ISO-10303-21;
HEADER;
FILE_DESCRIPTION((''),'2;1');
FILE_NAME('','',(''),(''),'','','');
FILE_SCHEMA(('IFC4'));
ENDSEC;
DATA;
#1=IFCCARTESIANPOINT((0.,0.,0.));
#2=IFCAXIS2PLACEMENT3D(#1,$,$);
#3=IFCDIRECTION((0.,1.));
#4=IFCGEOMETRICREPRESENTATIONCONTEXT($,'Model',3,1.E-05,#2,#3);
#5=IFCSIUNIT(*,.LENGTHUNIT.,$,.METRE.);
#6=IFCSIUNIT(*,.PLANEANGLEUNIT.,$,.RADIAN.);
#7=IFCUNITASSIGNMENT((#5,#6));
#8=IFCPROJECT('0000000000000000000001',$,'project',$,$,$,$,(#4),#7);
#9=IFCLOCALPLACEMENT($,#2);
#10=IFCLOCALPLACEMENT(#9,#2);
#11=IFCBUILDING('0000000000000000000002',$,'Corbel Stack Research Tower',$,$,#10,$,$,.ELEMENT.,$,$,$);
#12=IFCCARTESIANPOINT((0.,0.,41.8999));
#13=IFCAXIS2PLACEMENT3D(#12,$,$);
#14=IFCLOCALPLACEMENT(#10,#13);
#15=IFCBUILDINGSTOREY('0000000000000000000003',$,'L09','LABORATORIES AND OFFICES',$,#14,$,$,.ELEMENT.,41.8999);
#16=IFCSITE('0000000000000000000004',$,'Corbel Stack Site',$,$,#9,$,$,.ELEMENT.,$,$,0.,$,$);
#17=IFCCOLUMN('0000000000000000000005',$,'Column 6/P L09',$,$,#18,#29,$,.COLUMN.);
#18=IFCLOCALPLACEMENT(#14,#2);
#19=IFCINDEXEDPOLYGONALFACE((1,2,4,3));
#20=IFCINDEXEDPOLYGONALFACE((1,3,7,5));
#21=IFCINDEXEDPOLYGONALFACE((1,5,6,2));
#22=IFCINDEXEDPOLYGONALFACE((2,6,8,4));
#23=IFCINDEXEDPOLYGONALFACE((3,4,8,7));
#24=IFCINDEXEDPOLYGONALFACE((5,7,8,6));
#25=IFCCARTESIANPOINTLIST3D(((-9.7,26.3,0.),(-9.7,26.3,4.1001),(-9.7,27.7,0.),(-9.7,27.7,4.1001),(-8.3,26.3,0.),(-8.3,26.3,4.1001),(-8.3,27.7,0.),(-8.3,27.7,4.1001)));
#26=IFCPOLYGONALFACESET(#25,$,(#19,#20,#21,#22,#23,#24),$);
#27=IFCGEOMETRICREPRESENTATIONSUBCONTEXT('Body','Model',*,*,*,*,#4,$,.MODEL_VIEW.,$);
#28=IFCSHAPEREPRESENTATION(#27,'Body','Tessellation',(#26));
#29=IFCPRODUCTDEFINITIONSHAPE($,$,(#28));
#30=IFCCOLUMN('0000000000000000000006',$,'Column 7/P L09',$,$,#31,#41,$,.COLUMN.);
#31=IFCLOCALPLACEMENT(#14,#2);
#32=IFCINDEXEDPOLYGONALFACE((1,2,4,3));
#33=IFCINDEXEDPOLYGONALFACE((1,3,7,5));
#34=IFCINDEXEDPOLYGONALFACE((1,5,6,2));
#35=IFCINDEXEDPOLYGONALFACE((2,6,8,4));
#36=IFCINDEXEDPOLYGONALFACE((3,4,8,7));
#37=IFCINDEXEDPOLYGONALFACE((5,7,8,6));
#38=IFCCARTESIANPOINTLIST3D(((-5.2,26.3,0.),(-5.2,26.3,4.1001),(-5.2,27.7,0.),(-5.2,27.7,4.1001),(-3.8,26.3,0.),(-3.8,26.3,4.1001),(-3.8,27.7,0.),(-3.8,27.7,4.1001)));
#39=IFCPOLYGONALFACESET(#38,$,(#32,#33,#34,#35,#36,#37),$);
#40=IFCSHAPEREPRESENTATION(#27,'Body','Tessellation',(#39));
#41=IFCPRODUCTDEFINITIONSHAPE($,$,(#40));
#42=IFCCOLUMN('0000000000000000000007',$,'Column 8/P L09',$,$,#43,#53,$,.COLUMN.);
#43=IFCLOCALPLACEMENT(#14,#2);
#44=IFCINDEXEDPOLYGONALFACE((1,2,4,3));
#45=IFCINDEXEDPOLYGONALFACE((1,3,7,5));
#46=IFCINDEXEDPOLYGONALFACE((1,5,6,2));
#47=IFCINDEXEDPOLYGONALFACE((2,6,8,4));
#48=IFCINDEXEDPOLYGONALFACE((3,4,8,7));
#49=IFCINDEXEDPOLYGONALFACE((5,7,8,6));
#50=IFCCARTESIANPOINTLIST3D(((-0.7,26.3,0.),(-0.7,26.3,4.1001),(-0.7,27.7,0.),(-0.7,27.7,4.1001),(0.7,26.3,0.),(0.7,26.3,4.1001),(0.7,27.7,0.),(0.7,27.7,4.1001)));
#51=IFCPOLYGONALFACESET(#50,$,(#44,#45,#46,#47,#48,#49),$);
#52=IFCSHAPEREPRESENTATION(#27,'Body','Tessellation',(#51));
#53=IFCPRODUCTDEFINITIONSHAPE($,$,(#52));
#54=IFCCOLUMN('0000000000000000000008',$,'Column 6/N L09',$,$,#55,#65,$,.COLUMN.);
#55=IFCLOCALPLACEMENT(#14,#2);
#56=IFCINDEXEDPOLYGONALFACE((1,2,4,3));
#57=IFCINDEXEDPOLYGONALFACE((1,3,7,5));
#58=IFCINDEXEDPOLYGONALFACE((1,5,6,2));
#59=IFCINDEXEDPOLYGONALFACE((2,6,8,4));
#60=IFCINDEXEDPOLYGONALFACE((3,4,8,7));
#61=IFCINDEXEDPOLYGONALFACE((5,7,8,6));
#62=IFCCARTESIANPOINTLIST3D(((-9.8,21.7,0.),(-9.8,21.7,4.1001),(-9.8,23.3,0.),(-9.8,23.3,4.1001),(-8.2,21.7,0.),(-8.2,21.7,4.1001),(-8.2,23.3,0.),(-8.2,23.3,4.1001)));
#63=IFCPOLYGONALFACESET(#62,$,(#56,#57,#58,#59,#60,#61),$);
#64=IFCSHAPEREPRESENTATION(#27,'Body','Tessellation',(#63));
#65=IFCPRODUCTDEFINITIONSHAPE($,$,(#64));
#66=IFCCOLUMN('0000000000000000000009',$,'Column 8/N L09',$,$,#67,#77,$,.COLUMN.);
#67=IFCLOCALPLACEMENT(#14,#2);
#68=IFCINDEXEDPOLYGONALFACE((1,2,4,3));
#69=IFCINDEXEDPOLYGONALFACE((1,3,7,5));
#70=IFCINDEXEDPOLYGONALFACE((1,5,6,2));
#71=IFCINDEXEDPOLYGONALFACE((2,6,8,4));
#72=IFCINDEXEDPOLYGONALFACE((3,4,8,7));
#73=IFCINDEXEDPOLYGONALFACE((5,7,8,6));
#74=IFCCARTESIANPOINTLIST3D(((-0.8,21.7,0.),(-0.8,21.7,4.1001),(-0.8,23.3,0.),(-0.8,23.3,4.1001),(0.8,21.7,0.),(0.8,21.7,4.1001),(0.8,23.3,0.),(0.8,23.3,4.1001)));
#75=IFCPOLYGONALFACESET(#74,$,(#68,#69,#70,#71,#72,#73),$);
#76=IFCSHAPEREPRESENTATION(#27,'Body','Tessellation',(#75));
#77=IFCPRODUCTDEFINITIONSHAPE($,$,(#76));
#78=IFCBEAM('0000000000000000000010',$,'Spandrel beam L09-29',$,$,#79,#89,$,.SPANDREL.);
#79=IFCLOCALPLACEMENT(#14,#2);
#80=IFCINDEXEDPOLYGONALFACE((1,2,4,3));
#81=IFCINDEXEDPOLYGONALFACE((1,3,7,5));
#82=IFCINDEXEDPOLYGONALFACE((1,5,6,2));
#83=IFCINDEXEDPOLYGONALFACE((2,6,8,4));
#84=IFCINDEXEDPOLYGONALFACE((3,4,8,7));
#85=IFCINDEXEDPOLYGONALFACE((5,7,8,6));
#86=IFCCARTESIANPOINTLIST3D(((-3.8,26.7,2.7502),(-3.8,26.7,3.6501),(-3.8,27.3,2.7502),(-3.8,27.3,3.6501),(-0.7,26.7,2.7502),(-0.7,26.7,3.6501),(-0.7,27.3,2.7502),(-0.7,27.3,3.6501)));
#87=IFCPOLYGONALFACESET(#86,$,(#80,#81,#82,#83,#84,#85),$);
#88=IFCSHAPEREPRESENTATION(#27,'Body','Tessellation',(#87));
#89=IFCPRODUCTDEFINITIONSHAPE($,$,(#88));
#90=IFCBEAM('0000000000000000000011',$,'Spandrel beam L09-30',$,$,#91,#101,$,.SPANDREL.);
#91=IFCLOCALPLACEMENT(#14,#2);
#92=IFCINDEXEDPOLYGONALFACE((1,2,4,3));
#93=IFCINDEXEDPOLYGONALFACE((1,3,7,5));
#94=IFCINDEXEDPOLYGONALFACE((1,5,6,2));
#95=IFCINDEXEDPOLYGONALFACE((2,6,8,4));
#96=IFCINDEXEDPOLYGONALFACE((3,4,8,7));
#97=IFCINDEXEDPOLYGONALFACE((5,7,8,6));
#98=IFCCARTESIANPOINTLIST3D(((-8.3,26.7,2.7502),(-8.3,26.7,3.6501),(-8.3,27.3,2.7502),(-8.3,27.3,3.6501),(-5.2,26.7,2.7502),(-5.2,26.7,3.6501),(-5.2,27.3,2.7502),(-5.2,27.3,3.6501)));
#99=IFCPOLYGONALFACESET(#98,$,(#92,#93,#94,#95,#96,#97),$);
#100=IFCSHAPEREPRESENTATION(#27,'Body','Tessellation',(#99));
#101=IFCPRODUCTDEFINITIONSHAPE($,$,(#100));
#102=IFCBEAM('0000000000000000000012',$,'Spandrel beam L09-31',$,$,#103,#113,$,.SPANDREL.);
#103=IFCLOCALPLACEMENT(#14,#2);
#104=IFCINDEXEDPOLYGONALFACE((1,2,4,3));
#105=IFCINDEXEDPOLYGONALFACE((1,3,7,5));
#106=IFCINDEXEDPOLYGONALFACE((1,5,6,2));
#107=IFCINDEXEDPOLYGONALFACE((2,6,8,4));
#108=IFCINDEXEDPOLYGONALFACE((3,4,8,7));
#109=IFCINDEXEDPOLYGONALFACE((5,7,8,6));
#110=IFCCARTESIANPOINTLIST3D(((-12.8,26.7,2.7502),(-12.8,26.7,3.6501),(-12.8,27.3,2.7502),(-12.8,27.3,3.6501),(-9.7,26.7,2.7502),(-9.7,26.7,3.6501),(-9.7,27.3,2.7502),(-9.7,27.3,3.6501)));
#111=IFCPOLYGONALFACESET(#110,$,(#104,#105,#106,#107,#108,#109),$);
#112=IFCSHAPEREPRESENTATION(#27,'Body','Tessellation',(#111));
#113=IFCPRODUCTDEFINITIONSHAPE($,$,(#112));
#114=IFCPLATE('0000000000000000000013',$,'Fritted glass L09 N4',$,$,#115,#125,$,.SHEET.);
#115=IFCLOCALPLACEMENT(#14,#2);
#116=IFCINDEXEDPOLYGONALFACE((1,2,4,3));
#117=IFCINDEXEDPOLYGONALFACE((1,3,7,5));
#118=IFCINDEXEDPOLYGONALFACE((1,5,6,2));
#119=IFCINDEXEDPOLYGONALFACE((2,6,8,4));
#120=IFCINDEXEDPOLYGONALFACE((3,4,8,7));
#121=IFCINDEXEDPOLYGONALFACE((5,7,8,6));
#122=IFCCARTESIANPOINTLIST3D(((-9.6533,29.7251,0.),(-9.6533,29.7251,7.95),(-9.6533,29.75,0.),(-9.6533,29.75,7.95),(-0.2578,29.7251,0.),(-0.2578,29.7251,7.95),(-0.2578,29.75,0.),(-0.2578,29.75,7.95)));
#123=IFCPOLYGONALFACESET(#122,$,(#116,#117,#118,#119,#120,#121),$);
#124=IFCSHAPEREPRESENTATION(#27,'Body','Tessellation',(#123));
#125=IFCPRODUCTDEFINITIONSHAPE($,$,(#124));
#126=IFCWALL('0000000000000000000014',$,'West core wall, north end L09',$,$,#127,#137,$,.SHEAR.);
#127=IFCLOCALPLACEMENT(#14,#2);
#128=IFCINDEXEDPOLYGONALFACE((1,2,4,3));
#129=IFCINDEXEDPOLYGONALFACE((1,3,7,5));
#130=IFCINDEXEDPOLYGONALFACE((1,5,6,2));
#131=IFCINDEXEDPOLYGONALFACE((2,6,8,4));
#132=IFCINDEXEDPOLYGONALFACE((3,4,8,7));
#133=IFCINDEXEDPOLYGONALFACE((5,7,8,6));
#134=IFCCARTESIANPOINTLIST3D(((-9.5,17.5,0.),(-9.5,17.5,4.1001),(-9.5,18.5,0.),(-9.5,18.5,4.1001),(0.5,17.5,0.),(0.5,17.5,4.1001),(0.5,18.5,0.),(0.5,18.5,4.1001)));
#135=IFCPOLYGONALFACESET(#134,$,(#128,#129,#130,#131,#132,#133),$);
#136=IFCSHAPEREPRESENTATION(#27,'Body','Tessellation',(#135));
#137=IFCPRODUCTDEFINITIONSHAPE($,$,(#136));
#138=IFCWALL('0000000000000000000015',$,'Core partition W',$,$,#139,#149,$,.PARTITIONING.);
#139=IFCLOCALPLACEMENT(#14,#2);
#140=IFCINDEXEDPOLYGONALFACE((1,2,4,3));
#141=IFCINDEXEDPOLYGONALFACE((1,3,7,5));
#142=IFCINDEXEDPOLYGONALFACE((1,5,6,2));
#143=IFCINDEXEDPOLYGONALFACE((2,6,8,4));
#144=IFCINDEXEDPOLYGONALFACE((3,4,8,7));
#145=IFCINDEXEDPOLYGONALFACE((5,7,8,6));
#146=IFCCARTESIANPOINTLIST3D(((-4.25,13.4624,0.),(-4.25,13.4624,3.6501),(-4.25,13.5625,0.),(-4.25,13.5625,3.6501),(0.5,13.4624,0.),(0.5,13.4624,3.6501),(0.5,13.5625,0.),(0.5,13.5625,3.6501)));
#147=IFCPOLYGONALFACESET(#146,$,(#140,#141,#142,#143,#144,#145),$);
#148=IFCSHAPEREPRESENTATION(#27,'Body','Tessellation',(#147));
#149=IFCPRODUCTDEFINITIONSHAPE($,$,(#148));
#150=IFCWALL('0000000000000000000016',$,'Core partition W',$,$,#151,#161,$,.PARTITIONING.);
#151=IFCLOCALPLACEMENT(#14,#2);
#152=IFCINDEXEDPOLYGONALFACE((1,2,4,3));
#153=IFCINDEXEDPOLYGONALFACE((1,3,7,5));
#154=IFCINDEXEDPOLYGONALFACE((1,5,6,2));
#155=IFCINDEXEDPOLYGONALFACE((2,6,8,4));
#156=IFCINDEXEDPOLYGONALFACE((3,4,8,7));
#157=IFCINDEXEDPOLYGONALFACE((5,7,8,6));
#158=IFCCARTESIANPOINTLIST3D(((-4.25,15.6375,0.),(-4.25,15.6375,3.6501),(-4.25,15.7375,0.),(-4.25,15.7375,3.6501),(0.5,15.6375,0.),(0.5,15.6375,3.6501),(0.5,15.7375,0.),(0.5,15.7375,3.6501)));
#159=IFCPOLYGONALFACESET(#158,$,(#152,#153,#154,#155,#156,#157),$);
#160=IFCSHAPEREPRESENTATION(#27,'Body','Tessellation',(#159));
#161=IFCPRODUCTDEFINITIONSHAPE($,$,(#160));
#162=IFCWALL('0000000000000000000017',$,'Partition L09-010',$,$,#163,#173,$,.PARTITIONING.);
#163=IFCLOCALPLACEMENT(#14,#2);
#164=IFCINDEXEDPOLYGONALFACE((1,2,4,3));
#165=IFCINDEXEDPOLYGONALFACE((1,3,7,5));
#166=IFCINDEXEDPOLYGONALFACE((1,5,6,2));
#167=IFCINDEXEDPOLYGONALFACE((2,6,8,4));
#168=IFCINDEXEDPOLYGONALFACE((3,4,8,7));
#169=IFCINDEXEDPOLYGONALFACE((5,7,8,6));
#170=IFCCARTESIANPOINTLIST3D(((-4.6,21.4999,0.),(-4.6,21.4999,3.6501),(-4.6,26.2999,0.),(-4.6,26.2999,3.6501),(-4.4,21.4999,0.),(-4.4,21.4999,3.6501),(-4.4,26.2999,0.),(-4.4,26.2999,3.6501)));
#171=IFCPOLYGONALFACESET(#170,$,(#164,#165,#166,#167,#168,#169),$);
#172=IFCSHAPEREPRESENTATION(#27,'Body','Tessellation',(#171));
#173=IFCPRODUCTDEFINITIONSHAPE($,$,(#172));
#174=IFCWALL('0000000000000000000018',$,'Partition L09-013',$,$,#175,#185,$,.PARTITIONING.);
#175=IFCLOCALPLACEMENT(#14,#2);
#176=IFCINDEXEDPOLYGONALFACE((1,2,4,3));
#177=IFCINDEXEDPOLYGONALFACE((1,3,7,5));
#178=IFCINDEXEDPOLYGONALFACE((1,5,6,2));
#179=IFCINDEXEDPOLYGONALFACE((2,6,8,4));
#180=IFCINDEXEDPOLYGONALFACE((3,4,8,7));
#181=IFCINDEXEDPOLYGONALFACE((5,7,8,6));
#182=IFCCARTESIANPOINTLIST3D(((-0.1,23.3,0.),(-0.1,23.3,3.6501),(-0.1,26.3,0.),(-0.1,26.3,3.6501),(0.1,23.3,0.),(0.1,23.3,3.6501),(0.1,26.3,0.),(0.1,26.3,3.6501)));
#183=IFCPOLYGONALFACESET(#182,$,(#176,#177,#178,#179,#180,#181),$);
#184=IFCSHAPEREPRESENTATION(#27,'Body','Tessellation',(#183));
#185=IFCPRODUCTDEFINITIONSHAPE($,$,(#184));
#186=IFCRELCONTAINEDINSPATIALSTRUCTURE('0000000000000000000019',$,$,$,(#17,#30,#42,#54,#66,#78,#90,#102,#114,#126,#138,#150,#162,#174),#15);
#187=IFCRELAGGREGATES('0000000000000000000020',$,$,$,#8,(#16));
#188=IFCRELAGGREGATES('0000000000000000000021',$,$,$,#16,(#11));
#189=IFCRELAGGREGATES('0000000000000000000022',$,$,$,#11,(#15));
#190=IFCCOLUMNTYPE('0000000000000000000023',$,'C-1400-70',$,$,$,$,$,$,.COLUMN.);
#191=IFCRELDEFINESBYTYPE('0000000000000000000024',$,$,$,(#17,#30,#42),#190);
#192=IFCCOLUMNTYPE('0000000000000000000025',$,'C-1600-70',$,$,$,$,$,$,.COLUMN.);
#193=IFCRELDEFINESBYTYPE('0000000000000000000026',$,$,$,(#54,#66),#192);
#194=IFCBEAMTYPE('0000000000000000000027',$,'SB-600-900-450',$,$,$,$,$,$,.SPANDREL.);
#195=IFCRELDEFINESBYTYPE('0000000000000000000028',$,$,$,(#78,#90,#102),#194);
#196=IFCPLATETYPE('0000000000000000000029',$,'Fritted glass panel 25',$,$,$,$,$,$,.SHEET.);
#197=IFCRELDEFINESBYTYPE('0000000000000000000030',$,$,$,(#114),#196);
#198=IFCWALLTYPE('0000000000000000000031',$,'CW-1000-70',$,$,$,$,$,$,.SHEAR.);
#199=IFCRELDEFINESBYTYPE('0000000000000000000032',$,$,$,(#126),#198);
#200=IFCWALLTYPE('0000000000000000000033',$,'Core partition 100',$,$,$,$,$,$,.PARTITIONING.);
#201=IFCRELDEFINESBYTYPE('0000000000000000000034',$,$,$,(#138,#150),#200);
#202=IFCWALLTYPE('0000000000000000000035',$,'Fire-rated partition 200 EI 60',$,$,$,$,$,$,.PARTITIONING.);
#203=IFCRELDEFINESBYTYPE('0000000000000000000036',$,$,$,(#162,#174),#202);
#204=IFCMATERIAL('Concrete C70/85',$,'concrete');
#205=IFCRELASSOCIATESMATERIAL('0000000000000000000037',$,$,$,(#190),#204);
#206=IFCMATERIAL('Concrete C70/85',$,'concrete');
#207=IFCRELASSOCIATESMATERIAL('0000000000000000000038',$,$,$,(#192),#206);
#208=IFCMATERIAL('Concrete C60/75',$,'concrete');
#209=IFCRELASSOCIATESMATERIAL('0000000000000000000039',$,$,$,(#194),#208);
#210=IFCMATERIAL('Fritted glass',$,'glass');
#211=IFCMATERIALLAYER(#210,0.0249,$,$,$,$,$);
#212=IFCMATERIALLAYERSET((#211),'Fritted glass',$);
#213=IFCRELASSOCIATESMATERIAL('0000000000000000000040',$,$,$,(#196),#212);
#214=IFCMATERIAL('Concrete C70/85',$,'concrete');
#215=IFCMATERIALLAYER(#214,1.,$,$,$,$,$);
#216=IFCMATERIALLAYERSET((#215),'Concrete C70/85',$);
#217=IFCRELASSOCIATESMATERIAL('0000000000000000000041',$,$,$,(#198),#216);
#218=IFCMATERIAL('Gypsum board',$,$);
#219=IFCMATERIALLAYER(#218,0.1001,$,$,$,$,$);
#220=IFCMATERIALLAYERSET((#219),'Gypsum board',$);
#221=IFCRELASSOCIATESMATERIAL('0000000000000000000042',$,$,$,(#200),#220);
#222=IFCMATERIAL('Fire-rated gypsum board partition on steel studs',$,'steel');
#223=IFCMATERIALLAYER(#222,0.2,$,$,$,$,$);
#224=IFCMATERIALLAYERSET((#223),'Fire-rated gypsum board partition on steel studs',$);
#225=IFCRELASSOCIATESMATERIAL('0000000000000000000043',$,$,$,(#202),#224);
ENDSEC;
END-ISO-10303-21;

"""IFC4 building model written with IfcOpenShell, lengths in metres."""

from ifc_helpers import new_model, si_unit, direction, frame, frame_2d, origin, origin_2d, place, context, subcontext, project, spatial, rectangle, extrude, material, layer, layer_set, material_profile, profile_set, type_object, element, save


model = new_model("IFC4")

# Units and contexts
model_context = context("Model", 3, precision=1e-05, world=origin(), true_north=direction((0.0, 1.0)))
body_context = subcontext(model_context, "Body", "Model", "MODEL_VIEW")
ifc_project = project(units=[si_unit("LENGTHUNIT", "METRE"), si_unit("PLANEANGLEUNIT", "RADIAN")], contexts=[model_context])

# Site, building, storey
site_placement = place(None, origin())
site = spatial("IfcSite", under=ifc_project, at=site_placement, Name="Corbel Stack Site", CompositionType="ELEMENT", RefElevation=0.0)
building_placement = place(site_placement, origin())
building = spatial("IfcBuilding", under=site, at=building_placement, Name="Corbel Stack Research Tower", CompositionType="ELEMENT")
storey_placement = place(building_placement, frame((0.0, 0.0, 41.8999)))
storey = spatial("IfcBuildingStorey", under=building, at=storey_placement, Name="L09", Description="LABORATORIES AND OFFICES", CompositionType="ELEMENT", Elevation=41.8999)

# Columns
ifc_material_1 = material(Name="Concrete C70/85", Category="concrete")
ifc_material_profile_1 = material_profile(ifc_material_1, rectangle(XDim=1.3999, YDim=1.3999, at=origin_2d()), Name="RC 1400 x 1400")
ifc_profile_set_1 = profile_set([ifc_material_profile_1], Name="Concrete C70/85")
column_type_1 = type_object("IfcColumnType", Name="C-1400-70", PredefinedType="COLUMN", material=ifc_profile_set_1)
for number, where, z_axis, x_axis, name in (
    (1, (-9.0, 27.0, 0.0), (0.0, 0.0, 1.0), (1.0, 0.0, 0.0), "Column 6/P L09"),
    (2, (-4.5, 27.0, 0.0), (0.0, 0.0, 1.0), (1.0, 0.0, 0.0), "Column 7/P L09"),
    (3, (0.0, 27.0, 0.0), (0.0, 0.0, 1.0), (1.0, 0.0, 0.0), "Column 8/P L09"),
):
    element("IfcColumn", number, at=place(storey_placement, frame(where, z_axis=z_axis, x_axis=x_axis)), inside=storey, type_object=column_type_1, Name=name, PredefinedType="COLUMN", context=body_context, shape_type="SweptSolid", body=[
        extrude(rectangle(XDim=1.3999, YDim=1.3999, at=origin_2d()), origin(), (0.0, 0.0, 1.0), 4.1001),
    ])
ifc_material_2 = material(Name="Concrete C70/85", Category="concrete")
ifc_material_profile_2 = material_profile(ifc_material_2, rectangle(XDim=1.6001, YDim=1.6001, at=origin_2d()), Name="RC 1600 x 1600")
ifc_profile_set_2 = profile_set([ifc_material_profile_2], Name="Concrete C70/85")
column_type_2 = type_object("IfcColumnType", Name="C-1600-70", PredefinedType="COLUMN", material=ifc_profile_set_2)
for number, where, z_axis, x_axis, name in (
    (4, (-9.0, 22.5, 0.0), (0.0, 0.0, 1.0), (1.0, 0.0, 0.0), "Column 6/N L09"),
    (5, (0.0, 22.5, 0.0), (0.0, 0.0, 1.0), (1.0, 0.0, 0.0), "Column 8/N L09"),
):
    element("IfcColumn", number, at=place(storey_placement, frame(where, z_axis=z_axis, x_axis=x_axis)), inside=storey, type_object=column_type_2, Name=name, PredefinedType="COLUMN", context=body_context, shape_type="SweptSolid", body=[
        extrude(rectangle(XDim=1.6001, YDim=1.6001, at=origin_2d()), origin(), (0.0, 0.0, 1.0), 4.1001),
    ])

# Beams
ifc_material_3 = material(Name="Concrete C60/75", Category="concrete")
ifc_material_profile_3 = material_profile(ifc_material_3, rectangle(XDim=0.6001, YDim=0.8999, at=origin_2d()), Name="RC 600 x 900")
ifc_profile_set_3 = profile_set([ifc_material_profile_3], Name="Concrete C60/75")
beam_type = type_object("IfcBeamType", Name="SB-600-900-450", PredefinedType="SPANDREL", material=ifc_profile_set_3)
for number, where, z_axis, x_axis, name in (
    (6, (-0.7, 27.0, 3.2002), (-1.0, 0.0, 0.0), (0.0, -1.0, 0.0), "Spandrel beam L09-29"),
    (7, (-5.2, 27.0, 3.2002), (-1.0, 0.0, 0.0), (0.0, -1.0, 0.0), "Spandrel beam L09-30"),
    (8, (-9.7, 27.0, 3.2002), (-1.0, 0.0, 0.0), (0.0, -1.0, 0.0), "Spandrel beam L09-31"),
):
    element("IfcBeam", number, at=place(storey_placement, frame(where, z_axis=z_axis, x_axis=x_axis)), inside=storey, type_object=beam_type, Name=name, PredefinedType="SPANDREL", context=body_context, shape_type="SweptSolid", body=[
        extrude(rectangle(XDim=0.6001, YDim=0.8999, at=origin_2d()), origin(), (0.0, 0.0, 1.0), 3.1001),
    ])

# Plate
ifc_material_4 = material(Name="Fritted glass", Category="glass")
ifc_layer_1 = layer(ifc_material_4, 0.0249)
ifc_layer_set_1 = layer_set([ifc_layer_1], Name="Fritted glass")
plate_type = type_object("IfcPlateType", Name="Fritted glass panel 25", PredefinedType="SHEET", material=ifc_layer_set_1)
plate_placement = place(storey_placement, frame((-4.9556, 29.7375, 0.0), z_axis=(0.0, 0.0, 1.0), x_axis=(-1.0, 0.0, 0.0)))
element("IfcPlate", 9, at=plate_placement, inside=storey, type_object=plate_type, Name="Fritted glass L09 N4", PredefinedType="SHEET", context=body_context, shape_type="SweptSolid", body=[
    extrude(rectangle(XDim=9.3955, YDim=0.0249, at=origin_2d()), origin(), (0.0, 0.0, 1.0), 7.95),
])

# Walls
ifc_material_5 = material(Name="Concrete C70/85", Category="concrete")
ifc_layer_2 = layer(ifc_material_5, 1.0)
ifc_layer_set_2 = layer_set([ifc_layer_2], Name="Concrete C70/85")
wall_type_1 = type_object("IfcWallType", Name="CW-1000-70", PredefinedType="SHEAR", material=ifc_layer_set_2)
wall_1_placement = place(storey_placement, frame((-9.5, 18.0, 0.0), z_axis=(0.0, 0.0, 1.0), x_axis=(1.0, 0.0, 0.0)))
element("IfcWall", 10, at=wall_1_placement, inside=storey, type_object=wall_type_1, Name="West core wall, north end L09", PredefinedType="SHEAR", context=body_context, shape_type="SweptSolid", body=[
    extrude(rectangle(XDim=10.0, YDim=1.0, at=frame_2d((5.0, 0.0))), origin(), (0.0, 0.0, 1.0), 4.1001),
])
ifc_material_6 = material(Name="Gypsum board")
ifc_layer_3 = layer(ifc_material_6, 0.1001)
ifc_layer_set_3 = layer_set([ifc_layer_3], Name="Gypsum board")
wall_type_2 = type_object("IfcWallType", Name="Core partition 100", PredefinedType="PARTITIONING", material=ifc_layer_set_3)
for number, where, z_axis, x_axis, name in (
    (11, (-4.25, 13.5125, 0.0), (0.0, 0.0, 1.0), (1.0, 0.0, 0.0), "Core partition W"),
    (12, (-4.25, 15.6875, 0.0), (0.0, 0.0, 1.0), (1.0, 0.0, 0.0), "Core partition W"),
):
    element("IfcWall", number, at=place(storey_placement, frame(where, z_axis=z_axis, x_axis=x_axis)), inside=storey, type_object=wall_type_2, Name=name, PredefinedType="PARTITIONING", context=body_context, shape_type="SweptSolid", body=[
        extrude(rectangle(XDim=4.75, YDim=0.1001, at=frame_2d((2.375, 0.0))), origin(), (0.0, 0.0, 1.0), 3.6501),
    ])
ifc_material_7 = material(Name="Fire-rated gypsum board partition on steel studs", Category="steel")
ifc_layer_4 = layer(ifc_material_7, 0.2)
ifc_layer_set_4 = layer_set([ifc_layer_4], Name="Fire-rated gypsum board partition on steel studs")
wall_type_3 = type_object("IfcWallType", Name="Fire-rated partition 200 EI 60", PredefinedType="PARTITIONING", material=ifc_layer_set_4)
wall_2_placement = place(storey_placement, frame((-4.5, 21.5, 0.0), z_axis=(0.0, 0.0, 1.0), x_axis=(0.0, 1.0, 0.0)))
element("IfcWall", 13, at=wall_2_placement, inside=storey, type_object=wall_type_3, Name="Partition L09-010", PredefinedType="PARTITIONING", context=body_context, shape_type="SweptSolid", body=[
    extrude(rectangle(XDim=4.8, YDim=0.2, at=frame_2d((2.3999, 0.0))), origin(), (0.0, 0.0, 1.0), 3.6501),
])
wall_3_placement = place(storey_placement, frame((0.0, 23.3, 0.0), z_axis=(0.0, 0.0, 1.0), x_axis=(0.0, 1.0, 0.0)))
element("IfcWall", 14, at=wall_3_placement, inside=storey, type_object=wall_type_3, Name="Partition L09-013", PredefinedType="PARTITIONING", context=body_context, shape_type="SweptSolid", body=[
    extrude(rectangle(XDim=3.0, YDim=0.2, at=frame_2d((1.5, 0.0))), origin(), (0.0, 0.0, 1.0), 3.6501),
])

save(model, "model.ifc")
